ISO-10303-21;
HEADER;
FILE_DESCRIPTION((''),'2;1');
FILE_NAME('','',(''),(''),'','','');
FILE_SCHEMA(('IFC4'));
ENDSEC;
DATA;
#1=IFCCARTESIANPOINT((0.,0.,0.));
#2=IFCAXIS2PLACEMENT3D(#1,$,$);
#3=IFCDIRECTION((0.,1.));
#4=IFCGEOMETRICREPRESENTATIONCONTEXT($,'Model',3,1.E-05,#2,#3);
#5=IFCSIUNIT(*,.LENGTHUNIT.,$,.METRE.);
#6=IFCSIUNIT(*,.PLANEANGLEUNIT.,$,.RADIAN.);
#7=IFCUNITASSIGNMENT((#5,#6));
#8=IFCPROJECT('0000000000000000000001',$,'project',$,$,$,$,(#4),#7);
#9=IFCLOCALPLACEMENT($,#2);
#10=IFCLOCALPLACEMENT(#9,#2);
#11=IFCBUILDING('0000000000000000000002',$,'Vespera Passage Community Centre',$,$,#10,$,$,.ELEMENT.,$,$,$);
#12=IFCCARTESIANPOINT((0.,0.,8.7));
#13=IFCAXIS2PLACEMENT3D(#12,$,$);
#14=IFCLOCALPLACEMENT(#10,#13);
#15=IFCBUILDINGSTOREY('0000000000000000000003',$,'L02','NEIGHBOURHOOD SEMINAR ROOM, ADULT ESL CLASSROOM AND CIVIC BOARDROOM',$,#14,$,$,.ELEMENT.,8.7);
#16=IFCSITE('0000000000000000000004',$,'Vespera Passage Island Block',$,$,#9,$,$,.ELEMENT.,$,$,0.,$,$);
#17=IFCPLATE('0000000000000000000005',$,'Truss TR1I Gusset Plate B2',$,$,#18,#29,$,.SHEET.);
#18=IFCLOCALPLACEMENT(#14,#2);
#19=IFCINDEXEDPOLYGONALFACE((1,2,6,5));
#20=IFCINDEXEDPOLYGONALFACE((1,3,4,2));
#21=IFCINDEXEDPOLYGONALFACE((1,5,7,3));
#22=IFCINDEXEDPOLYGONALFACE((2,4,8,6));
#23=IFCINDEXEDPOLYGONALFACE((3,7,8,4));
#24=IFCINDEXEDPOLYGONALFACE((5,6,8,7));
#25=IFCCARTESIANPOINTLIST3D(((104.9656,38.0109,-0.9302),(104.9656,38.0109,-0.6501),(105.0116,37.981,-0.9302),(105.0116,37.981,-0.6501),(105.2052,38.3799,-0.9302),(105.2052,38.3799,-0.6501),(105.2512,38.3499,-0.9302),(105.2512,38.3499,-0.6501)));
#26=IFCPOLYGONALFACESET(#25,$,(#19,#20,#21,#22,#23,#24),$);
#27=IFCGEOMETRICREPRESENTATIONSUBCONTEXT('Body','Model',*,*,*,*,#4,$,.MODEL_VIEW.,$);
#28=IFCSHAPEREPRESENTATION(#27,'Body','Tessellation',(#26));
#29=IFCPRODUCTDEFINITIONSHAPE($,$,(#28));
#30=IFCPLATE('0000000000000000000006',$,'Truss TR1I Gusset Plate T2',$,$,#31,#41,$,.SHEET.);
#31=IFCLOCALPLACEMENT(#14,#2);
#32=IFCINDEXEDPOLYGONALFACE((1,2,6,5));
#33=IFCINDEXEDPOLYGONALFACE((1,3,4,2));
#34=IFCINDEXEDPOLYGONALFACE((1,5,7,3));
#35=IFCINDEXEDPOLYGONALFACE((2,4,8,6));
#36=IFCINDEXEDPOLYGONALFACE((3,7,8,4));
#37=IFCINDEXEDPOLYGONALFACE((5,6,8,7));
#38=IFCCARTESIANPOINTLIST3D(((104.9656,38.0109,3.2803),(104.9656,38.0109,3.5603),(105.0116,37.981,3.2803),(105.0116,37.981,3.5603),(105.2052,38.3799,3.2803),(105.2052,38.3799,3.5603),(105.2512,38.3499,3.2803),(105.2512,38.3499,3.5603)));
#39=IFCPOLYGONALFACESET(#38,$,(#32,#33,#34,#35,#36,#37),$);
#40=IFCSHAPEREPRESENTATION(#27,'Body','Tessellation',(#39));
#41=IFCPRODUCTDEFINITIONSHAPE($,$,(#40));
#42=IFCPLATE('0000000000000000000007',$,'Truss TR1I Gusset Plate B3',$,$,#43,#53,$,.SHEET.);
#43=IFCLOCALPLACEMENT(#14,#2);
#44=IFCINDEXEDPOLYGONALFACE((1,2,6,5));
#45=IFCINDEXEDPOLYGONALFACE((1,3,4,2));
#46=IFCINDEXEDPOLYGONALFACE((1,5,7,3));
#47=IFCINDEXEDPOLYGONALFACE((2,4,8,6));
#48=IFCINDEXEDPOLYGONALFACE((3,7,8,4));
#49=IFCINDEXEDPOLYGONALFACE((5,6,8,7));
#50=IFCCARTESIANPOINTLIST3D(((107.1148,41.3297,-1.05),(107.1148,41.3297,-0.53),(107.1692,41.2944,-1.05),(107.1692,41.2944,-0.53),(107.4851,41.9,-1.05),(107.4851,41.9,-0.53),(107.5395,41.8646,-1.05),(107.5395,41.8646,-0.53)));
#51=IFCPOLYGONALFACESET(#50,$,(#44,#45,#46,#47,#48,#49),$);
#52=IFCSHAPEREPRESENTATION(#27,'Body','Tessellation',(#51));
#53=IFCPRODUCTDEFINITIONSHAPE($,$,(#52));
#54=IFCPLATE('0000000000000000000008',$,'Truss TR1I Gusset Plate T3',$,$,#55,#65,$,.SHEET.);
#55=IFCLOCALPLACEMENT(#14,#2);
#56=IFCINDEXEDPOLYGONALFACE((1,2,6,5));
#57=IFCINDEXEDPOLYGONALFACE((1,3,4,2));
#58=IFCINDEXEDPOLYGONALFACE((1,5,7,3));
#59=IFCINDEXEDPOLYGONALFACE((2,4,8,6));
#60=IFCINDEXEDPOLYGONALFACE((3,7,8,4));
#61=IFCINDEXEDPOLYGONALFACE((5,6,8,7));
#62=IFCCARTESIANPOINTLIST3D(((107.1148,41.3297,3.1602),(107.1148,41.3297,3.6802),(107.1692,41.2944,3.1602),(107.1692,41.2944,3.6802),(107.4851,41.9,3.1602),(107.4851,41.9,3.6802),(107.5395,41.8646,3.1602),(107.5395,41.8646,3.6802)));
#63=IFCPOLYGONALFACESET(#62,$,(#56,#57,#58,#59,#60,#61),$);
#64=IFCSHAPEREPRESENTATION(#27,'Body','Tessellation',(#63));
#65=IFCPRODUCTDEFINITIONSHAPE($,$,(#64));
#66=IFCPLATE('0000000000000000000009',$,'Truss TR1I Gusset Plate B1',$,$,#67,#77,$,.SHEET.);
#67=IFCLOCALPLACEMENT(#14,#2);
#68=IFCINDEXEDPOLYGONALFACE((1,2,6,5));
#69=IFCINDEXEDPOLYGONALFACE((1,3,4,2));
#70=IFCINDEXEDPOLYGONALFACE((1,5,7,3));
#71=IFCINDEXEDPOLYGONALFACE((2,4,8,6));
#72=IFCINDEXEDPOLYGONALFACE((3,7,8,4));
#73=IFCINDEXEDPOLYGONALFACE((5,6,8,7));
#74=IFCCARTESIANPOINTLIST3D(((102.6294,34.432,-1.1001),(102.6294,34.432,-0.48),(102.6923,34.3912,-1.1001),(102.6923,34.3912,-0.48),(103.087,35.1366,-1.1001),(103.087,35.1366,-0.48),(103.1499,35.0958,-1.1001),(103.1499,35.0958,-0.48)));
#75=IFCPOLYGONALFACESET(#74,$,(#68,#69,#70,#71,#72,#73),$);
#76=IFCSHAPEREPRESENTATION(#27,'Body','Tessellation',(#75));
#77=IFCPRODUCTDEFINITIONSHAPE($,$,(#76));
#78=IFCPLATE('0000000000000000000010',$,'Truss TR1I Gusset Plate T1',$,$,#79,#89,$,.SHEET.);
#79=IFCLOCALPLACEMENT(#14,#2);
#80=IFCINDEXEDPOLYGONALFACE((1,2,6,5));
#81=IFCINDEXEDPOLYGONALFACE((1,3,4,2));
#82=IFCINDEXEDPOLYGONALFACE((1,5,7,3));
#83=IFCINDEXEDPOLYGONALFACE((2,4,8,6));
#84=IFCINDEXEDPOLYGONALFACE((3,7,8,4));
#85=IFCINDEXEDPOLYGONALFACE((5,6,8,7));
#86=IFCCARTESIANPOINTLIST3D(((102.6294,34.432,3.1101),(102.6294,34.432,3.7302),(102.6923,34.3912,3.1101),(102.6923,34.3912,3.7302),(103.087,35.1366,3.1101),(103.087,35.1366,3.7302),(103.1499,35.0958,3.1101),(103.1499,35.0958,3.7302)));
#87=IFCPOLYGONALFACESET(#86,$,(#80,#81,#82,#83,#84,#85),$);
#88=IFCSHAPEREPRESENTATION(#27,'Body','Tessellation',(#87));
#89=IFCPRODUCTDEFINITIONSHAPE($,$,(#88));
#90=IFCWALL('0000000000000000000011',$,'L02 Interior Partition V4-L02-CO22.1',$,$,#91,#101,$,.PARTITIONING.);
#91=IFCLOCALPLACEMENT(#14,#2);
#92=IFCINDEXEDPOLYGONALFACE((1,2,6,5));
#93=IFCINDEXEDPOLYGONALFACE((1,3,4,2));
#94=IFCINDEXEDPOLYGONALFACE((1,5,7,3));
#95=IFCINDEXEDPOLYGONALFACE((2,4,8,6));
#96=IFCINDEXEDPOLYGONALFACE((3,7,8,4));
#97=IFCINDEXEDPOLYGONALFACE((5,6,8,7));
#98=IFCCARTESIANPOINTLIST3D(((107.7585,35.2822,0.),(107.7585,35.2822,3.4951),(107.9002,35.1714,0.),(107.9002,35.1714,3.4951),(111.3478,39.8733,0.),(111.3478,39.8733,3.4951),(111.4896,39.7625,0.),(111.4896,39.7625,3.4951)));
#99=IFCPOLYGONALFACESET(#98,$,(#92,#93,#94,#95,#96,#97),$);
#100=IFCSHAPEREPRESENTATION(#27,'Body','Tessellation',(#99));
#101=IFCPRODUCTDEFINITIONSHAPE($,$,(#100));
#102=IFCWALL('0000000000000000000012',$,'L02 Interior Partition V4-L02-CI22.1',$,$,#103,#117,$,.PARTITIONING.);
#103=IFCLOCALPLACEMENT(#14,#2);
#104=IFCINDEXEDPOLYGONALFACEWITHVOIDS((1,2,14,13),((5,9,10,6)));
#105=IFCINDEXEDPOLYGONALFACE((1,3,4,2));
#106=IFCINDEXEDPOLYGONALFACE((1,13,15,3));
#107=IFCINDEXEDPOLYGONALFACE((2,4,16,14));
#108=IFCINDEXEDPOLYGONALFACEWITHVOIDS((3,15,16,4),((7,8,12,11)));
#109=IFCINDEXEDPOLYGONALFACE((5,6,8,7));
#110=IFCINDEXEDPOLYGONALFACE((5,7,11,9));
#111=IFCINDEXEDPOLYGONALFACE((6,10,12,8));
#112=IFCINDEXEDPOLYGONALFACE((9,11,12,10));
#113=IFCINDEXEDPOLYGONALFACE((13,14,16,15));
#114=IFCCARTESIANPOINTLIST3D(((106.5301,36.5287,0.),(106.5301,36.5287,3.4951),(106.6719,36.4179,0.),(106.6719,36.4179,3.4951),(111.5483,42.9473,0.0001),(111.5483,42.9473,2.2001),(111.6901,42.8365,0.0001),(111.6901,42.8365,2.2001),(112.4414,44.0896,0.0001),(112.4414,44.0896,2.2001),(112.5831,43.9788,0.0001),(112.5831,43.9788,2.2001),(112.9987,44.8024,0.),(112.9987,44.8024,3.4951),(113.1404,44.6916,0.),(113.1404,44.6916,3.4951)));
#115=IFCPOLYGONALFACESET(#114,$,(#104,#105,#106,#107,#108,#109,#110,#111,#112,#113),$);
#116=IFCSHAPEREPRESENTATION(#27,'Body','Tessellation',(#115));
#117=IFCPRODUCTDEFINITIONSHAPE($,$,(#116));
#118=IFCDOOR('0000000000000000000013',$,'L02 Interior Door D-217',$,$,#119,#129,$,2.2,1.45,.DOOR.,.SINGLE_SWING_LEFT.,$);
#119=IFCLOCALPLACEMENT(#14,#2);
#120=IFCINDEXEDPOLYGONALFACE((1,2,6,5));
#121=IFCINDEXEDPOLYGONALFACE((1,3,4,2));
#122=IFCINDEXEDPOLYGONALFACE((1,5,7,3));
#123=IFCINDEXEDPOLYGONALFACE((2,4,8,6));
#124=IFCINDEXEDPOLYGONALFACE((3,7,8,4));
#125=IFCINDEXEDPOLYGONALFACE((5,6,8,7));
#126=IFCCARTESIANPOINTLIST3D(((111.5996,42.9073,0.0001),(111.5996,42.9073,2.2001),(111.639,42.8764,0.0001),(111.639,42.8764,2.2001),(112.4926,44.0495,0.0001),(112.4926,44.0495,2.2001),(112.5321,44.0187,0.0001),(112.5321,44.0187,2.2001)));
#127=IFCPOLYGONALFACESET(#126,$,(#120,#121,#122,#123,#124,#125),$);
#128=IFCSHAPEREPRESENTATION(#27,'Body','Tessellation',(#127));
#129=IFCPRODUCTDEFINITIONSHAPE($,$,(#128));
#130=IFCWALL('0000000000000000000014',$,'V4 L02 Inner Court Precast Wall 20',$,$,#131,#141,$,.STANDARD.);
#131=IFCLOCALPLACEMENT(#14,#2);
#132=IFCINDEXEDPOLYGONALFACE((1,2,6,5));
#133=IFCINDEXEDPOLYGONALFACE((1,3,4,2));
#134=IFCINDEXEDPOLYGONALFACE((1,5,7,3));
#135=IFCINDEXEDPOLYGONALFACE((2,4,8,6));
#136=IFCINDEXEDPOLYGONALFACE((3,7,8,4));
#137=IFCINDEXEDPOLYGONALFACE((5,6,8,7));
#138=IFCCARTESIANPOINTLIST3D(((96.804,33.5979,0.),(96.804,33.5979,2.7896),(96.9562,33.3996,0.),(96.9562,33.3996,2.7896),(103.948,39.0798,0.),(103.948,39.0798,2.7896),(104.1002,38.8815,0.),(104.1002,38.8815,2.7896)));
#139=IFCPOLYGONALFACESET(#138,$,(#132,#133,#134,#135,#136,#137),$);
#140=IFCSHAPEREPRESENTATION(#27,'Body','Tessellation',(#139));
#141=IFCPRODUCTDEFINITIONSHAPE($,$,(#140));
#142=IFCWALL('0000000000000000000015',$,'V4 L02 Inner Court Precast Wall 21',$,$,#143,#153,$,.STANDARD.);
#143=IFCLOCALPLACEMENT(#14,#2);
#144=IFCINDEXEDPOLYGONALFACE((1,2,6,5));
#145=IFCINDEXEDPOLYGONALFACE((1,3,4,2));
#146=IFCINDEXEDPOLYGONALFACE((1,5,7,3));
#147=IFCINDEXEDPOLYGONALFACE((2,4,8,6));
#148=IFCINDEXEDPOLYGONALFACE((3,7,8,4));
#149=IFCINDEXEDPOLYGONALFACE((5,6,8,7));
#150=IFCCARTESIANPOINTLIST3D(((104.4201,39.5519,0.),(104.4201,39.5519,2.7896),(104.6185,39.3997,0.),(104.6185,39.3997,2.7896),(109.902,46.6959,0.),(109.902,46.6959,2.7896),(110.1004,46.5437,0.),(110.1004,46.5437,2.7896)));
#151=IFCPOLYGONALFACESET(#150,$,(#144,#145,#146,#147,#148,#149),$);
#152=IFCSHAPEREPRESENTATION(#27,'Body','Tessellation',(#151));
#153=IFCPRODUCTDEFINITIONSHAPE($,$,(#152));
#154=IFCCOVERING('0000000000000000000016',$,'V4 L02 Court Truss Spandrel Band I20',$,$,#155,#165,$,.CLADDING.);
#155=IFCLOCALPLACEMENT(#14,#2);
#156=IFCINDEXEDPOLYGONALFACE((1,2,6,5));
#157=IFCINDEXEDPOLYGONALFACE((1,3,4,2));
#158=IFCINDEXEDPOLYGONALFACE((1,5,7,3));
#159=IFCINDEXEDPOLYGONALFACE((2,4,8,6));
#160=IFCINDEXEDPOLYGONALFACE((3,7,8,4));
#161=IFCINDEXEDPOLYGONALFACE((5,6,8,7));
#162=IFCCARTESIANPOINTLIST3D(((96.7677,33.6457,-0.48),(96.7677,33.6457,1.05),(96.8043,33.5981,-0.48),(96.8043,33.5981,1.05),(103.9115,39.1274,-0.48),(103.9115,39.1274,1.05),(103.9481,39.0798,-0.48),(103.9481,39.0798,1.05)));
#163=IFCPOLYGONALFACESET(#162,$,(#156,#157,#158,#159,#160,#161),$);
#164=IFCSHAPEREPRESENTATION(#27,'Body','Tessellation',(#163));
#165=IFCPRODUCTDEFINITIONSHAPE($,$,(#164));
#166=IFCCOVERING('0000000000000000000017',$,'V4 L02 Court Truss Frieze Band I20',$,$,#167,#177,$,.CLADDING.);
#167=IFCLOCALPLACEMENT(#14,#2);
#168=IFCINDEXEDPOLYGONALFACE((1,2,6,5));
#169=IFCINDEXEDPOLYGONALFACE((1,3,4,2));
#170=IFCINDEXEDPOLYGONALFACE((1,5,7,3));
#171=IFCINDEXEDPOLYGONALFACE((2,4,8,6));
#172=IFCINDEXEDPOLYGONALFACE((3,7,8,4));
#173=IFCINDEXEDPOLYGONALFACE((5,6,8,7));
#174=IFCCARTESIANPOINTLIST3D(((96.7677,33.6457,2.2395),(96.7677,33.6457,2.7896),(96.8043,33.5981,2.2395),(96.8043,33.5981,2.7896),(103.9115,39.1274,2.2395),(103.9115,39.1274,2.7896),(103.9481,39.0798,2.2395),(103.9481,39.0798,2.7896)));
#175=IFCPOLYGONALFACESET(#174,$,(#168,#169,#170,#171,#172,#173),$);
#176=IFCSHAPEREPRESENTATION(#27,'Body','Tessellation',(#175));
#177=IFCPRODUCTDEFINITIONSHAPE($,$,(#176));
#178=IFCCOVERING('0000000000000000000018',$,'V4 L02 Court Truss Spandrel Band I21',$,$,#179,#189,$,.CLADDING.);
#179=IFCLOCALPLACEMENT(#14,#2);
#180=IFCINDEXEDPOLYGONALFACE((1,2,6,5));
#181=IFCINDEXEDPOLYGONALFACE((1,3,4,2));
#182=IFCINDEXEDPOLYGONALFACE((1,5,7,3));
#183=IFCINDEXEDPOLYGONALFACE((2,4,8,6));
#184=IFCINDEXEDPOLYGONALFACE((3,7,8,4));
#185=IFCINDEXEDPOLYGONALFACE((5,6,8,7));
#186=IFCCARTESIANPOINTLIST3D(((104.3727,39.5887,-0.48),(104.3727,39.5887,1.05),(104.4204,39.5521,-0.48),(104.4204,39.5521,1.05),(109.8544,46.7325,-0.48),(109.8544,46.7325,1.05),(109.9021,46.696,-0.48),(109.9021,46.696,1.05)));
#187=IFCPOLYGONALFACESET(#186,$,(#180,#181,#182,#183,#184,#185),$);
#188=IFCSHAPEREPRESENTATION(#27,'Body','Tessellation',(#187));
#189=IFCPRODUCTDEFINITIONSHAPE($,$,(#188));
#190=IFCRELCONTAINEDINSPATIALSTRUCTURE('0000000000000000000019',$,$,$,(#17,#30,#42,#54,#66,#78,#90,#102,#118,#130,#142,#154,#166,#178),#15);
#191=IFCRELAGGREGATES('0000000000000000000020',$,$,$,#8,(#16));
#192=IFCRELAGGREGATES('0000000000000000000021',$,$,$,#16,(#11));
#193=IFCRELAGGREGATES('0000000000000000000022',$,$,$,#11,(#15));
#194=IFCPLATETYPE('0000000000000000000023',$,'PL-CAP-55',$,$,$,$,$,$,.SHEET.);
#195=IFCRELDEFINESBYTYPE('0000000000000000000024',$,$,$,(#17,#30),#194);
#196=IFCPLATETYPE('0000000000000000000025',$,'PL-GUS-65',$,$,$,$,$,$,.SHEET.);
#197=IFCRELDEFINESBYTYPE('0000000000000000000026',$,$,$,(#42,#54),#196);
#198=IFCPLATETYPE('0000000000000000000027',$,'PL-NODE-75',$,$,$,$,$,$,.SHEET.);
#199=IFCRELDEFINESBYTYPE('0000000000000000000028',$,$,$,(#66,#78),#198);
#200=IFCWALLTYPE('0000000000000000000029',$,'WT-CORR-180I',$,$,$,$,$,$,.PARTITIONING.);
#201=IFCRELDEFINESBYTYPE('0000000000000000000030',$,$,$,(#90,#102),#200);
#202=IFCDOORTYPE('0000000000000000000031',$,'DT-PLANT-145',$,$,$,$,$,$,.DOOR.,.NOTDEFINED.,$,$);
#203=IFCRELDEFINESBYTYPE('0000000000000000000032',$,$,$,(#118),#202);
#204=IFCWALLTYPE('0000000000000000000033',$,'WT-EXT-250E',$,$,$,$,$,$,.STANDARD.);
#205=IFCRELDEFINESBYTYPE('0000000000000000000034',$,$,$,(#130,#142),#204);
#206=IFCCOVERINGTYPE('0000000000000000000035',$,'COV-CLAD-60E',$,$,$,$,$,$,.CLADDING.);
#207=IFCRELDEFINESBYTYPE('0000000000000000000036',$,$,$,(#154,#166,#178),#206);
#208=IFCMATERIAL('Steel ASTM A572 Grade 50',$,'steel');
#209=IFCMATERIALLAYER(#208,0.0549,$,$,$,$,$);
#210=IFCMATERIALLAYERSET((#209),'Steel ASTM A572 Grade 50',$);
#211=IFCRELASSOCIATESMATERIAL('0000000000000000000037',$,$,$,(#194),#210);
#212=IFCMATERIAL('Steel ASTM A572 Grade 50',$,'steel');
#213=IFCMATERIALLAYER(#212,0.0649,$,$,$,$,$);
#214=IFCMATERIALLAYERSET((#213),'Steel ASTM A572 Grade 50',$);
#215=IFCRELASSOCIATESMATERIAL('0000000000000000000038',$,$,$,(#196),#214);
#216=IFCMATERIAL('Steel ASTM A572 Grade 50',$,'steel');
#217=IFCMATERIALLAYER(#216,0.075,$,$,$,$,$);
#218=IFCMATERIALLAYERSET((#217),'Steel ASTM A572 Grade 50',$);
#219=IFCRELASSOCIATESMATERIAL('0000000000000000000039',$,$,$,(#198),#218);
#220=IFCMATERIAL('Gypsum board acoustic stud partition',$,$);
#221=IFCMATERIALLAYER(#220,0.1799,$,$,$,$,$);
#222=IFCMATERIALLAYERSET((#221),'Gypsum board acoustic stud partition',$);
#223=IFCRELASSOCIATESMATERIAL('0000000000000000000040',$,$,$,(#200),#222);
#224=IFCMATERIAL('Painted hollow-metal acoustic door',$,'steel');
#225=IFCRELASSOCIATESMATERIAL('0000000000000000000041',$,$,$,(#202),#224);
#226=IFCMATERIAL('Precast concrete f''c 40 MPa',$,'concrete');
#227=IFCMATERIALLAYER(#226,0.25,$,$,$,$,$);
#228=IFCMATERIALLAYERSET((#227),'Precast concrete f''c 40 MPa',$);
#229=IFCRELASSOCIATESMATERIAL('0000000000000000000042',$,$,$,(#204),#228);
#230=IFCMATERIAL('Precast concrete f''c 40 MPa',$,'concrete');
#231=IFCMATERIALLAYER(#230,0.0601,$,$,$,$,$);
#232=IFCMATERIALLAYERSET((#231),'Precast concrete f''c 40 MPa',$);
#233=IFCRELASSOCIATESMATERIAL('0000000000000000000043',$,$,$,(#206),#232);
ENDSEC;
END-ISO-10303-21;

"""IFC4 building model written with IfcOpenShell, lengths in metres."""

from ifc_helpers import new_model, si_unit, direction, frame, frame_2d, origin, origin_2d, place, context, subcontext, project, spatial, rectangle, extrude, material, layer, layer_set, type_object, element, fill, save


model = new_model("IFC4")

# Units and contexts
model_context = context("Model", 3, precision=1e-05, world=origin(), true_north=direction((0.0, 1.0)))
body_context = subcontext(model_context, "Body", "Model", "MODEL_VIEW")
ifc_project = project(units=[si_unit("LENGTHUNIT", "METRE"), si_unit("PLANEANGLEUNIT", "RADIAN")], contexts=[model_context])

# Site, building, storey
site_placement = place(None, origin())
site = spatial("IfcSite", under=ifc_project, at=site_placement, Name="Vespera Passage Island Block", CompositionType="ELEMENT", RefElevation=0.0)
building_placement = place(site_placement, origin())
building = spatial("IfcBuilding", under=site, at=building_placement, Name="Vespera Passage Community Centre", CompositionType="ELEMENT")
storey_placement = place(building_placement, frame((0.0, 0.0, 8.7)))
storey = spatial("IfcBuildingStorey", under=building, at=storey_placement, Name="L02", Description="NEIGHBOURHOOD SEMINAR ROOM, ADULT ESL CLASSROOM AND CIVIC BOARDROOM", CompositionType="ELEMENT", Elevation=8.7)

# Plates
ifc_material_1 = material(Name="Steel ASTM A572 Grade 50", Category="steel")
ifc_layer_1 = layer(ifc_material_1, 0.0549)
ifc_layer_set_1 = layer_set([ifc_layer_1], Name="Steel ASTM A572 Grade 50")
plate_type_1 = type_object("IfcPlateType", Name="PL-CAP-55", PredefinedType="SHEET", material=ifc_layer_set_1)
for number, where, z_axis, x_axis, name in (
    (1, (105.1084, 38.1804, -0.9302), (0.0, 0.0, 1.0), (0.544639, 0.838671, 0.0), "Truss TR1I Gusset Plate B2"),
    (2, (105.1084, 38.1804, 3.2803), (0.0, 0.0, 1.0), (0.544639, 0.838671, 0.0), "Truss TR1I Gusset Plate T2"),
):
    element("IfcPlate", number, at=place(storey_placement, frame(where, z_axis=z_axis, x_axis=x_axis)), inside=storey, type_object=plate_type_1, Name=name, PredefinedType="SHEET", context=body_context, shape_type="SweptSolid", body=[
        extrude(rectangle(XDim=0.4399, YDim=0.0549, at=origin_2d()), origin(), (0.0, 0.0, 1.0), 0.28),
    ])
ifc_material_2 = material(Name="Steel ASTM A572 Grade 50", Category="steel")
ifc_layer_2 = layer(ifc_material_2, 0.0649)
ifc_layer_set_2 = layer_set([ifc_layer_2], Name="Steel ASTM A572 Grade 50")
plate_type_2 = type_object("IfcPlateType", Name="PL-GUS-65", PredefinedType="SHEET", material=ifc_layer_set_2)
for number, where, z_axis, x_axis, name in (
    (3, (107.3271, 41.5972, -1.05), (0.0, 0.0, 1.0), (0.544639, 0.838671, 0.0), "Truss TR1I Gusset Plate B3"),
    (4, (107.3271, 41.5972, 3.1602), (0.0, 0.0, 1.0), (0.544639, 0.838671, 0.0), "Truss TR1I Gusset Plate T3"),
):
    element("IfcPlate", number, at=place(storey_placement, frame(where, z_axis=z_axis, x_axis=x_axis)), inside=storey, type_object=plate_type_2, Name=name, PredefinedType="SHEET", context=body_context, shape_type="SweptSolid", body=[
        extrude(rectangle(XDim=0.6799, YDim=0.0649, at=origin_2d()), origin(), (0.0, 0.0, 1.0), 0.52),
    ])
ifc_material_3 = material(Name="Steel ASTM A572 Grade 50", Category="steel")
ifc_layer_3 = layer(ifc_material_3, 0.075)
ifc_layer_set_3 = layer_set([ifc_layer_3], Name="Steel ASTM A572 Grade 50")
plate_type_3 = type_object("IfcPlateType", Name="PL-NODE-75", PredefinedType="SHEET", material=ifc_layer_set_3)
for number, where, z_axis, x_axis, name in (
    (5, (102.8896, 34.7639, -1.1001), (0.0, 0.0, 1.0), (0.544639, 0.838671, 0.0), "Truss TR1I Gusset Plate B1"),
    (6, (102.8896, 34.7639, 3.1101), (0.0, 0.0, 1.0), (0.544639, 0.838671, 0.0), "Truss TR1I Gusset Plate T1"),
):
    element("IfcPlate", number, at=place(storey_placement, frame(where, z_axis=z_axis, x_axis=x_axis)), inside=storey, type_object=plate_type_3, Name=name, PredefinedType="SHEET", context=body_context, shape_type="SweptSolid", body=[
        extrude(rectangle(XDim=0.8401, YDim=0.075, at=origin_2d()), origin(), (0.0, 0.0, 1.0), 0.6201),
    ])

# Wall
ifc_material_4 = material(Name="Gypsum board acoustic stud partition")
ifc_layer_4 = layer(ifc_material_4, 0.1799)
ifc_layer_set_4 = layer_set([ifc_layer_4], Name="Gypsum board acoustic stud partition")
wall_type_1 = type_object("IfcWallType", Name="WT-CORR-180I", PredefinedType="PARTITIONING", material=ifc_layer_set_4)
wall_1_placement = place(storey_placement, frame((107.8293, 35.2268, 0.0), z_axis=(0.0, 0.0, 1.0), x_axis=(0.61592, 0.787809, 0.0)))
element("IfcWall", 7, at=wall_1_placement, inside=storey, type_object=wall_type_1, Name="L02 Interior Partition V4-L02-CO22.1", PredefinedType="PARTITIONING", context=body_context, shape_type="SweptSolid", body=[
    extrude(rectangle(XDim=5.8276, YDim=0.1799, at=frame_2d((2.9138, 0.0))), origin(), (0.0, 0.0, 1.0), 3.4951),
])

# Wall, opening, door
wall_2_placement = place(storey_placement, frame((106.6011, 36.4734, 0.0), z_axis=(0.0, 0.0, 1.0), x_axis=(0.615921, 0.787808, 0.0)))
wall_2 = element("IfcWall", 8, at=wall_2_placement, inside=storey, type_object=wall_type_1, Name="L02 Interior Partition V4-L02-CI22.1", PredefinedType="PARTITIONING", context=body_context, shape_type="SweptSolid", body=[
    extrude(rectangle(XDim=10.5022, YDim=0.1799, at=frame_2d((5.251, 0.0))), origin(), (0.0, 0.0, 1.0), 3.4951),
])
opening_placement = place(wall_2_placement, frame((8.1472, 0.0, 0.0)))
opening = element("IfcOpeningElement", 9, at=opening_placement, cuts=wall_2, PredefinedType="OPENING", context=body_context, shape_type="SweptSolid", body=[
    extrude(rectangle(XDim=1.45, YDim=2.2, at=frame_2d((0.7251, 1.1001))), frame((0.0, 0.0999, 0.0), z_axis=(0.0, -1.0, 0.0), x_axis=(1.0, 0.0, 0.0)), (0.0, 0.0, 1.0), 0.2),
])
ifc_material_5 = material(Name="Painted hollow-metal acoustic door", Category="steel")
door_type = type_object("IfcDoorType", Name="DT-PLANT-145", OperationType="NOTDEFINED", PredefinedType="DOOR", material=ifc_material_5)
door_placement = place(opening_placement, origin())
door = element("IfcDoor", 10, at=door_placement, inside=storey, type_object=door_type, Name="L02 Interior Door D-217", OperationType="SINGLE_SWING_LEFT", OverallHeight=2.2, OverallWidth=1.45, PredefinedType="DOOR", context=body_context, shape_type="SweptSolid", body=[
    extrude(rectangle(XDim=1.45, YDim=2.2, at=frame_2d((0.7251, 1.1001))), frame((0.0, 0.0249, 0.0), z_axis=(0.0, -1.0, 0.0), x_axis=(1.0, 0.0, 0.0)), (0.0, 0.0, 1.0), 0.05),
])
fill(opening, door)

# Walls
ifc_material_6 = material(Name="Precast concrete f'c 40 MPa", Category="concrete")
ifc_layer_5 = layer(ifc_material_6, 0.25)
ifc_layer_set_5 = layer_set([ifc_layer_5], Name="Precast concrete f'c 40 MPa")
wall_type_2 = type_object("IfcWallType", Name="WT-EXT-250E", PredefinedType="STANDARD", material=ifc_layer_set_5)
for number, where, z_axis, x_axis, name in (
    (11, (96.8801, 33.4988, 0.0), (0.0, 0.0, 1.0), (0.793347, 0.60877, 0.0), "V4 L02 Inner Court Precast Wall 20"),
    (12, (104.5193, 39.4758, 0.0), (0.0, 0.0, 1.0), (0.60877, 0.793347, 0.0), "V4 L02 Inner Court Precast Wall 21"),
):
    element("IfcWall", number, at=place(storey_placement, frame(where, z_axis=z_axis, x_axis=x_axis)), inside=storey, type_object=wall_type_2, Name=name, PredefinedType="STANDARD", context=body_context, shape_type="SweptSolid", body=[
        extrude(rectangle(XDim=9.0049, YDim=0.25, at=frame_2d((4.5024, 0.0))), origin(), (0.0, 0.0, 1.0), 2.7896),
    ])

# Coverings
ifc_material_7 = material(Name="Precast concrete f'c 40 MPa", Category="concrete")
ifc_layer_6 = layer(ifc_material_7, 0.0601)
ifc_layer_set_6 = layer_set([ifc_layer_6], Name="Precast concrete f'c 40 MPa")
covering_type = type_object("IfcCoveringType", Name="COV-CLAD-60E", PredefinedType="CLADDING", material=ifc_layer_set_6)
covering_1_placement = place(storey_placement, frame((96.7859, 33.6218, -0.48), z_axis=(0.0, 0.0, 1.0), x_axis=(0.79335, 0.608766, 0.0)))
element("IfcCovering", 13, at=covering_1_placement, inside=storey, type_object=covering_type, Name="V4 L02 Court Truss Spandrel Band I20", PredefinedType="CLADDING", context=body_context, shape_type="SweptSolid", body=[
    extrude(rectangle(XDim=9.0046, YDim=0.0601, at=frame_2d((4.5024, 0.0))), origin(), (0.0, 0.0, 1.0), 1.53),
])
covering_2_placement = place(storey_placement, frame((96.7859, 33.6218, 2.2395), z_axis=(0.0, 0.0, 1.0), x_axis=(0.79335, 0.608766, 0.0)))
element("IfcCovering", 14, at=covering_2_placement, inside=storey, type_object=covering_type, Name="V4 L02 Court Truss Frieze Band I20", PredefinedType="CLADDING", context=body_context, shape_type="SweptSolid", body=[
    extrude(rectangle(XDim=9.0046, YDim=0.0601, at=frame_2d((4.5024, 0.0))), origin(), (0.0, 0.0, 1.0), 0.55),
])
covering_3_placement = place(storey_placement, frame((104.3965, 39.5703, -0.48), z_axis=(0.0, 0.0, 1.0), x_axis=(0.608766, 0.79335, 0.0)))
element("IfcCovering", 15, at=covering_3_placement, inside=storey, type_object=covering_type, Name="V4 L02 Court Truss Spandrel Band I21", PredefinedType="CLADDING", context=body_context, shape_type="SweptSolid", body=[
    extrude(rectangle(XDim=9.0046, YDim=0.0601, at=frame_2d((4.5024, 0.0))), origin(), (0.0, 0.0, 1.0), 1.53),
])

save(model, "model.ifc")
